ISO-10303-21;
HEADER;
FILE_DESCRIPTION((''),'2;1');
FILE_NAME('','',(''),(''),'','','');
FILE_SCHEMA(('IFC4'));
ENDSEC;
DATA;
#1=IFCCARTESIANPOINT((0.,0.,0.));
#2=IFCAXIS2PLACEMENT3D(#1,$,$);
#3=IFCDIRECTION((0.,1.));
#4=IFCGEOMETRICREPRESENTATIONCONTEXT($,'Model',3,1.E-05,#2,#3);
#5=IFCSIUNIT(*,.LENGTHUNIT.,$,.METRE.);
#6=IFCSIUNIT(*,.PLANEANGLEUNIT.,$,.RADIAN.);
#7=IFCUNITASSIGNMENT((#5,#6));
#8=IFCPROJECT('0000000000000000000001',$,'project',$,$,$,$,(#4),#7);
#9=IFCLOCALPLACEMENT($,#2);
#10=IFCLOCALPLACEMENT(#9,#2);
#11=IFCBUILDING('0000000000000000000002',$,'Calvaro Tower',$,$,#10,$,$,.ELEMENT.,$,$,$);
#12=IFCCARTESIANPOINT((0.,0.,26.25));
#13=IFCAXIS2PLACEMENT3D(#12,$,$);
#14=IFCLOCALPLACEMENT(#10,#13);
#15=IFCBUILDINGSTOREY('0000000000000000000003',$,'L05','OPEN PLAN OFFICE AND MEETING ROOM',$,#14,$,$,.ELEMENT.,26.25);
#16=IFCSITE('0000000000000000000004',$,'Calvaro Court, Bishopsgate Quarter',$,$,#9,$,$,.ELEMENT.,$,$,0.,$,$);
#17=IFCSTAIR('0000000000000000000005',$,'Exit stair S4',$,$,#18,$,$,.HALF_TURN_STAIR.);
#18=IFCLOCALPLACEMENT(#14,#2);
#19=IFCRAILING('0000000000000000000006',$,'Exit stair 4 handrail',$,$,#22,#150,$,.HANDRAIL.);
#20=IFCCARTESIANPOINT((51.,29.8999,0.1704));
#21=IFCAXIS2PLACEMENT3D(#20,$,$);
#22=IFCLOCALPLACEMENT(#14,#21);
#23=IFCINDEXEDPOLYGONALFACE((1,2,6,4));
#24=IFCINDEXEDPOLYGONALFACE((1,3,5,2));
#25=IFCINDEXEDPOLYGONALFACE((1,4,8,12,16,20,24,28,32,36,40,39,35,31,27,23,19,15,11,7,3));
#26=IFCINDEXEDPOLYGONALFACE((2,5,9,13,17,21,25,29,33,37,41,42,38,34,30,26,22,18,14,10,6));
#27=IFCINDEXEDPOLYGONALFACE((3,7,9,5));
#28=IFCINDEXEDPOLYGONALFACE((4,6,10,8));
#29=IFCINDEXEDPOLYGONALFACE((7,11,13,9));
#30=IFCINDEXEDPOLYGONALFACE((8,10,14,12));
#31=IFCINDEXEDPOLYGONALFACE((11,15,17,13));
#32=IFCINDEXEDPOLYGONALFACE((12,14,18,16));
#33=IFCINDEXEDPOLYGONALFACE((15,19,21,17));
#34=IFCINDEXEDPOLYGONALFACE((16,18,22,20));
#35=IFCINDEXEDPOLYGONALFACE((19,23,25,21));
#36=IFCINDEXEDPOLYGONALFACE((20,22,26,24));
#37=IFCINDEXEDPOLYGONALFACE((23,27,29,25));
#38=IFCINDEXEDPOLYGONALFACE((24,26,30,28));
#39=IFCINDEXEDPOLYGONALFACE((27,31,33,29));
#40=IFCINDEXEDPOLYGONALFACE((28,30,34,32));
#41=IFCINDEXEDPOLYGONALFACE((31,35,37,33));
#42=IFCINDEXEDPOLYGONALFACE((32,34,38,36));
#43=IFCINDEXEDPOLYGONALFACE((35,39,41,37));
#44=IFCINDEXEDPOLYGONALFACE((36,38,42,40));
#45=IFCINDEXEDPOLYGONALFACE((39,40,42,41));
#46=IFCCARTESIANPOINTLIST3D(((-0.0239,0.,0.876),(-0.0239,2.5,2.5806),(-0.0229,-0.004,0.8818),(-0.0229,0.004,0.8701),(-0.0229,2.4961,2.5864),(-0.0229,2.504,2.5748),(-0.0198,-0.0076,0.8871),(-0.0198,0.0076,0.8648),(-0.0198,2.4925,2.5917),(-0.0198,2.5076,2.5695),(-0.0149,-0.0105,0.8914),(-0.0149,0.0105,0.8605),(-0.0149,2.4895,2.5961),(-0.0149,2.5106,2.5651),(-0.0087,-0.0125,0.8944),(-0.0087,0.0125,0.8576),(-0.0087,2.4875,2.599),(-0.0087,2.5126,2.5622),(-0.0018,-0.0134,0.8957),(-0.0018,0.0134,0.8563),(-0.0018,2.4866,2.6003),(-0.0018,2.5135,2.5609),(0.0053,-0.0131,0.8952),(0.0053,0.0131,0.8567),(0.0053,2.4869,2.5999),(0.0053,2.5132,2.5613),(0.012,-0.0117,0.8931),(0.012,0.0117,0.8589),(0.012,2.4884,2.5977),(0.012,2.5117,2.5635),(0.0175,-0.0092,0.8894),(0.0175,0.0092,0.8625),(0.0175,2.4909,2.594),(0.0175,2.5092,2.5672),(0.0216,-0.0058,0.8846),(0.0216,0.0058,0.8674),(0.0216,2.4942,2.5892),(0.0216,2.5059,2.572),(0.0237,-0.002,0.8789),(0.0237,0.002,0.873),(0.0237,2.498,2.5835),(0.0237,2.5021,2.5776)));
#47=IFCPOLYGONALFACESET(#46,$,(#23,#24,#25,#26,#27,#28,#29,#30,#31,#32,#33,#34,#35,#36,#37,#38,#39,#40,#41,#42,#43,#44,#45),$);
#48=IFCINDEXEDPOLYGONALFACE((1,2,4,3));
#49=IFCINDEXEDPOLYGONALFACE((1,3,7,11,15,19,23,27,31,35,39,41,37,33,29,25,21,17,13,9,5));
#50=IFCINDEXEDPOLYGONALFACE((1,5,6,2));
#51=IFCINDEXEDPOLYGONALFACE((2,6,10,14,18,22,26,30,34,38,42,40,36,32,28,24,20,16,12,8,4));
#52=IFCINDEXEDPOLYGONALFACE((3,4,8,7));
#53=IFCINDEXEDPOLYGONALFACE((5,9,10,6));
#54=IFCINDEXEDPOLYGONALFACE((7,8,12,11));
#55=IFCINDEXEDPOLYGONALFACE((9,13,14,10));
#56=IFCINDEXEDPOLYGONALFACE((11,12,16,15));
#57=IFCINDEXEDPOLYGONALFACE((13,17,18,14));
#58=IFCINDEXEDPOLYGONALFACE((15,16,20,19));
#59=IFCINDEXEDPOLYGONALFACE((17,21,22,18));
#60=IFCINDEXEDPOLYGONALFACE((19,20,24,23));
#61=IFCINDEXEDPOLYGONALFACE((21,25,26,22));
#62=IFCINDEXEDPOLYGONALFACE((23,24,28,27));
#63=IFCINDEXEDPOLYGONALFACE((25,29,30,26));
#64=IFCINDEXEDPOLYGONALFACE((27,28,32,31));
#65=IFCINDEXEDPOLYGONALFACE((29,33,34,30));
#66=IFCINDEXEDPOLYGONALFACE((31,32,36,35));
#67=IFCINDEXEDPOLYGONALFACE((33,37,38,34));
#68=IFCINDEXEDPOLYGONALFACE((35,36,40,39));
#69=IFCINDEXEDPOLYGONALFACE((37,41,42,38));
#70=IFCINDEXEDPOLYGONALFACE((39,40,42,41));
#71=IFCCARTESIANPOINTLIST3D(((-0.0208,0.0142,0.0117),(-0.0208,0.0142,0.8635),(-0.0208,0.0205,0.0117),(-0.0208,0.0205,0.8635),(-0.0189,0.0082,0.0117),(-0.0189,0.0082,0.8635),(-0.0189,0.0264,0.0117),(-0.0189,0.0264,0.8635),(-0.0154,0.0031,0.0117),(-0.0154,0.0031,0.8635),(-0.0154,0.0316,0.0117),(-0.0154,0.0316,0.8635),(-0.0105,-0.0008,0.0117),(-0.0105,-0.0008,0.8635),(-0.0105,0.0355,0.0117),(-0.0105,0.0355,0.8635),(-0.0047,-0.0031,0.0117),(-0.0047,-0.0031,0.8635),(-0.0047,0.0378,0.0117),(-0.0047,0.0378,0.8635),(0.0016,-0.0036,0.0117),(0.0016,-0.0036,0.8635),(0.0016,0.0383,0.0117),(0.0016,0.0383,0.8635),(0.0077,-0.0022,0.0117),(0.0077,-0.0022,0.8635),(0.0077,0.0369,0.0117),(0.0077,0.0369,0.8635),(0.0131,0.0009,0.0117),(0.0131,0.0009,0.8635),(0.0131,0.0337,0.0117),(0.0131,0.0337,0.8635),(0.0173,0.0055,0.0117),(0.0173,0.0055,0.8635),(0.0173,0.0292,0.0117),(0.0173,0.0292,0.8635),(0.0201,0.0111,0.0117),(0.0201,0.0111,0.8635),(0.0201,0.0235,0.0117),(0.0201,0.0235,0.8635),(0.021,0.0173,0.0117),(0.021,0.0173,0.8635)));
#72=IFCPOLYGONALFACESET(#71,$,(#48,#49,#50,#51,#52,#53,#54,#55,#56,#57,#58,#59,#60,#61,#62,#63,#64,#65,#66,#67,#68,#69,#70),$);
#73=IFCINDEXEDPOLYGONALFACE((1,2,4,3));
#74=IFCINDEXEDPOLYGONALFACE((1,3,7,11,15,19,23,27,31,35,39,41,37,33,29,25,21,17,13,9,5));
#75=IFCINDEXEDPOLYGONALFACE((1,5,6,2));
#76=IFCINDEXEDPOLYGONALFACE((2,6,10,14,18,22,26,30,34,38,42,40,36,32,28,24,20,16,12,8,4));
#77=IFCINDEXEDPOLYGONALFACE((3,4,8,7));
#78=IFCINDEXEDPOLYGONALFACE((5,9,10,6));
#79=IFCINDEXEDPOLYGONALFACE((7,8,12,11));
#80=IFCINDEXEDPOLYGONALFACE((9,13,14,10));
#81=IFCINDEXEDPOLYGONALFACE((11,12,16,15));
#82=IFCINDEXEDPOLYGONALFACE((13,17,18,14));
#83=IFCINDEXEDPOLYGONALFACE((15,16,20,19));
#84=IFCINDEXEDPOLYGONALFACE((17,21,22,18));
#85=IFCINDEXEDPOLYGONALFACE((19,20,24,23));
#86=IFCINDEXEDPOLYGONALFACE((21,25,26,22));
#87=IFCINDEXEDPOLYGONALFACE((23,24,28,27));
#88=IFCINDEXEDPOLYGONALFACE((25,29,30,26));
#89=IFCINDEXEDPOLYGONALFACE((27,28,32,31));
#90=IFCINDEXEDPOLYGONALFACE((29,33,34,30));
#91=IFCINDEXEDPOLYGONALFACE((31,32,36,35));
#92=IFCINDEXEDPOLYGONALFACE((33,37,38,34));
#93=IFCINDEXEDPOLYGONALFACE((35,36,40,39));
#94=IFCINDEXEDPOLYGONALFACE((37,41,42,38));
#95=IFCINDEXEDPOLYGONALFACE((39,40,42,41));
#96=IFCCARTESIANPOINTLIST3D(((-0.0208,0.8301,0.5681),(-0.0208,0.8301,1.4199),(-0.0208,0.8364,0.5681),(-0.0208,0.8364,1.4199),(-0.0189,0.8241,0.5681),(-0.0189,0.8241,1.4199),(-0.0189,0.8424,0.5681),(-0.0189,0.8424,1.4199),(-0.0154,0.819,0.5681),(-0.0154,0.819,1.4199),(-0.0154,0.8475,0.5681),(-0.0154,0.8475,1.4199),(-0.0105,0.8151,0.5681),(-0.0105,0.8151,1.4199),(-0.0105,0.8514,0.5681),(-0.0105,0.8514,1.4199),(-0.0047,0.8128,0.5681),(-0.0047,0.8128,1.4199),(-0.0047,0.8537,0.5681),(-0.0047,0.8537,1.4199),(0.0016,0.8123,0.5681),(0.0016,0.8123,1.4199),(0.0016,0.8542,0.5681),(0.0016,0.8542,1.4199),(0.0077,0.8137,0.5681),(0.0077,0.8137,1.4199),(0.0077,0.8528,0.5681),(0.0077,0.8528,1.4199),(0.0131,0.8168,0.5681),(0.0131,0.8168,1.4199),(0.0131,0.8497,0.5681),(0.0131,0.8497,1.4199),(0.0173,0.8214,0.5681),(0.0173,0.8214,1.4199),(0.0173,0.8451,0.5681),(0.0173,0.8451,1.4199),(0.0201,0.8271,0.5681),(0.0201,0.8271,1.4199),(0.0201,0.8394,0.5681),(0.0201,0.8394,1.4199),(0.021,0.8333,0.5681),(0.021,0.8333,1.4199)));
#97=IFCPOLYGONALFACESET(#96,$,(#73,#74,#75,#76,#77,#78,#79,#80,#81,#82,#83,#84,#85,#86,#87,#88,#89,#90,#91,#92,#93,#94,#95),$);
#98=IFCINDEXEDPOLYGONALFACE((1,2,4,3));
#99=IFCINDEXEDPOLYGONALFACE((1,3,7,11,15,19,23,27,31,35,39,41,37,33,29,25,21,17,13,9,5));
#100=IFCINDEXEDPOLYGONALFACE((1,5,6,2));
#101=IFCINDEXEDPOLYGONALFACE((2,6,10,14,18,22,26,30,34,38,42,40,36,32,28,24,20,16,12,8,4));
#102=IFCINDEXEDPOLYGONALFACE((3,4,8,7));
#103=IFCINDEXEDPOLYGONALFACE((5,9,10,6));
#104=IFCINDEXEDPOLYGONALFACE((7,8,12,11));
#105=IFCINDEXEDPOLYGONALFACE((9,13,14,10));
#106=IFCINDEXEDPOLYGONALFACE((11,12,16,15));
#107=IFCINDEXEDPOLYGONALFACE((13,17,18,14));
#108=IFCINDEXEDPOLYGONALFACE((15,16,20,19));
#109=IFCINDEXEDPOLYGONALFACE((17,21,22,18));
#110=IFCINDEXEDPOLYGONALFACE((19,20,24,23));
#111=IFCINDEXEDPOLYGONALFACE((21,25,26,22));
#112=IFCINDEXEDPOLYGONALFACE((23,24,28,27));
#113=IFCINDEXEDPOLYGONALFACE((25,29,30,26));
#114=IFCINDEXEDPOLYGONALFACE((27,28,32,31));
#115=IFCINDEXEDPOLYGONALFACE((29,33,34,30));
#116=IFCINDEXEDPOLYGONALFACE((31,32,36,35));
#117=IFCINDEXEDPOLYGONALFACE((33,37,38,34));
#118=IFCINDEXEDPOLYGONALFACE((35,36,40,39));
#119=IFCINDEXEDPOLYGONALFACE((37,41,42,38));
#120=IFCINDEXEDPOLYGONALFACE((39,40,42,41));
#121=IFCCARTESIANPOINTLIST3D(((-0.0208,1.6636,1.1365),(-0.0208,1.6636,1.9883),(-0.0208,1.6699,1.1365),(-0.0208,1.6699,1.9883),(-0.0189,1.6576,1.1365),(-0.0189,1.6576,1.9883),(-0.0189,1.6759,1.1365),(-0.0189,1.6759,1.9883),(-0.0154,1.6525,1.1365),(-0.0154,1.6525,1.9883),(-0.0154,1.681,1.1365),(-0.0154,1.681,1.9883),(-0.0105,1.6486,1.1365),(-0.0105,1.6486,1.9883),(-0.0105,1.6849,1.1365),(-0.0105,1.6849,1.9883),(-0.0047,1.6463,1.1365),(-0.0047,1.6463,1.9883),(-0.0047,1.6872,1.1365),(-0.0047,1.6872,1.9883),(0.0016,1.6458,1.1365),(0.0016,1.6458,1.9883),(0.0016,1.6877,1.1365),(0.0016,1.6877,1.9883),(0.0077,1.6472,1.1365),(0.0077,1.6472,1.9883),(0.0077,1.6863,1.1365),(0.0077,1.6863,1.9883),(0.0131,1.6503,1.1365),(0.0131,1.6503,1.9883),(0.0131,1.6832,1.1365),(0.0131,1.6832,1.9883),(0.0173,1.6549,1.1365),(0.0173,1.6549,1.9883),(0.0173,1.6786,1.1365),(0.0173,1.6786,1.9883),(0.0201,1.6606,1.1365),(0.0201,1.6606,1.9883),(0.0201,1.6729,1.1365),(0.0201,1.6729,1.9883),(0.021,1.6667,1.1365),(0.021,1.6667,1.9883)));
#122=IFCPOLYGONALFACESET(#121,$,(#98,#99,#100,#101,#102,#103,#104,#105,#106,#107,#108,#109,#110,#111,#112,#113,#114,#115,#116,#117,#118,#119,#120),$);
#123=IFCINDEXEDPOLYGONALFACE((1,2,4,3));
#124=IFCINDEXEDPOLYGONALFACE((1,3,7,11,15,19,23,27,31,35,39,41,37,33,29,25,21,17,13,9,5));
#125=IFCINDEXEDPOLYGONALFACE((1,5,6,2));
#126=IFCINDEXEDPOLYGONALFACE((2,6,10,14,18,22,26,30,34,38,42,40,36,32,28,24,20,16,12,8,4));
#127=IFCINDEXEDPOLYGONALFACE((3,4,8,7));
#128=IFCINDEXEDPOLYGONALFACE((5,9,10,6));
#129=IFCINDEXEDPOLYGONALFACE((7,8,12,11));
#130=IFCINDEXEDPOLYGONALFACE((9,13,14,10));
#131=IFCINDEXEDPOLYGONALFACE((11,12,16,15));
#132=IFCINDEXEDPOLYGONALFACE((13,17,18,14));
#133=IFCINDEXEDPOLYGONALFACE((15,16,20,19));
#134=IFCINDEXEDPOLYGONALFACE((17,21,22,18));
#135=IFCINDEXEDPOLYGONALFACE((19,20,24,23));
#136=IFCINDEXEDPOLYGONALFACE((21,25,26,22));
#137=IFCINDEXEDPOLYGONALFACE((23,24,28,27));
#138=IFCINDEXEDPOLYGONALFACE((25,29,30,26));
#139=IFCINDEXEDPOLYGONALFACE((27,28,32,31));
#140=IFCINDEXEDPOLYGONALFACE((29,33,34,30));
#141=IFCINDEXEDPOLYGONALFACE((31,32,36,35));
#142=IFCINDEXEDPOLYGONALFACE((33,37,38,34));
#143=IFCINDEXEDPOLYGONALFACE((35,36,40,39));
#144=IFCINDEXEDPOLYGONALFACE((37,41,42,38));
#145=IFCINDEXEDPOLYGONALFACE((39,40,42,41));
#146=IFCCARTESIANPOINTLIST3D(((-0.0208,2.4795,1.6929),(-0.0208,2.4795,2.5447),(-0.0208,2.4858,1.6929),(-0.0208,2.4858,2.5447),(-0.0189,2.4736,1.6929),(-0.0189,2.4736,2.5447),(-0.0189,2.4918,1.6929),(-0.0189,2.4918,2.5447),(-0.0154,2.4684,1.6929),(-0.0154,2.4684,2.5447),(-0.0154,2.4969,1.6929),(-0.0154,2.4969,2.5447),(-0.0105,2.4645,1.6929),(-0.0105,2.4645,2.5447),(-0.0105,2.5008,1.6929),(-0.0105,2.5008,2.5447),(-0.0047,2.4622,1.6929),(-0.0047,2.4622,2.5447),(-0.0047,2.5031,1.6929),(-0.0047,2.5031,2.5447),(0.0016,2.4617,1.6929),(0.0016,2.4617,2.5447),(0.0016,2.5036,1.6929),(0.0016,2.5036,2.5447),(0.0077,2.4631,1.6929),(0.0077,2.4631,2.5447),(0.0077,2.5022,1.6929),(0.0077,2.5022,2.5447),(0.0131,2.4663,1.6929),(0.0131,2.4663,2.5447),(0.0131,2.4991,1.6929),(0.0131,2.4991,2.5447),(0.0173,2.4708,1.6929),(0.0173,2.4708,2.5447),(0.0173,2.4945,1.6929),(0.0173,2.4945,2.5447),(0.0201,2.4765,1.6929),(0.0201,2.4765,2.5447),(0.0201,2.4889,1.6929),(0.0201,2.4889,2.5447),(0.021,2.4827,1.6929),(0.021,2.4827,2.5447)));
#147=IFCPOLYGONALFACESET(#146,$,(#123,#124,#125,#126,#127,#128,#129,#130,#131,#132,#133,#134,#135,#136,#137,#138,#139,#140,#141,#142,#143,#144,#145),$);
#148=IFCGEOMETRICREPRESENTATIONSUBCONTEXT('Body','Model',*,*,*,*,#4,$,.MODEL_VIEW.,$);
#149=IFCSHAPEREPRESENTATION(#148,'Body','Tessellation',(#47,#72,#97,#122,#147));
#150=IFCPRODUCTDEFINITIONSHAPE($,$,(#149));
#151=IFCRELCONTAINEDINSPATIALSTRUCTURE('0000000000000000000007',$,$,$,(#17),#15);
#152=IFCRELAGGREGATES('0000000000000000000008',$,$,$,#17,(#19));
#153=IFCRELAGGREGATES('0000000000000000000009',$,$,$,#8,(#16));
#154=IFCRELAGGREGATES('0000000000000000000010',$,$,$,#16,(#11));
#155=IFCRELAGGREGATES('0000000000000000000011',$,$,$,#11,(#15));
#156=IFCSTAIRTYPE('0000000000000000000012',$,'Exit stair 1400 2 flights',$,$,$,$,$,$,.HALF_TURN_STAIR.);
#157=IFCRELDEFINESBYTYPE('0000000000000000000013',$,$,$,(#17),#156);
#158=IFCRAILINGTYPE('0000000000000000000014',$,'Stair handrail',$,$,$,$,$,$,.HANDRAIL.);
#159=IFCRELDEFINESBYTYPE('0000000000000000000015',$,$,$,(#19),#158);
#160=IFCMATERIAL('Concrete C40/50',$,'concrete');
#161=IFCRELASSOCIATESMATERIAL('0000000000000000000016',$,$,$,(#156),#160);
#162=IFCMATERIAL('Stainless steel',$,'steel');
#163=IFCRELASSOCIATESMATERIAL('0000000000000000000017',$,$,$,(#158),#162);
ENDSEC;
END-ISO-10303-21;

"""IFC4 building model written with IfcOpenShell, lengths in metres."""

from ifc_helpers import new_model, si_unit, direction, frame, origin, origin_2d, place, context, subcontext, project, spatial, circle, extrude, material, type_object, element, aggregate, save


model = new_model("IFC4")

# Units and contexts
model_context = context("Model", 3, precision=1e-05, world=origin(), true_north=direction((0.0, 1.0)))
body_context = subcontext(model_context, "Body", "Model", "MODEL_VIEW")
ifc_project = project(units=[si_unit("LENGTHUNIT", "METRE"), si_unit("PLANEANGLEUNIT", "RADIAN")], contexts=[model_context])

# Site, building, storey
site_placement = place(None, origin())
site = spatial("IfcSite", under=ifc_project, at=site_placement, Name="Calvaro Court, Bishopsgate Quarter", CompositionType="ELEMENT", RefElevation=0.0)
building_placement = place(site_placement, origin())
building = spatial("IfcBuilding", under=site, at=building_placement, Name="Calvaro Tower", CompositionType="ELEMENT")
storey_placement = place(building_placement, frame((0.0, 0.0, 26.25)))
storey = spatial("IfcBuildingStorey", under=building, at=storey_placement, Name="L05", Description="OPEN PLAN OFFICE AND MEETING ROOM", CompositionType="ELEMENT", Elevation=26.25)

# Stair
ifc_material_1 = material(Name="Concrete C40/50", Category="concrete")
stair_type = type_object("IfcStairType", Name="Exit stair 1400 2 flights", PredefinedType="HALF_TURN_STAIR", material=ifc_material_1)
stair_1_placement = place(storey_placement, origin())
stair_1 = element("IfcStair", 1, at=stair_1_placement, inside=storey, type_object=stair_type, Name="Exit stair S4", PredefinedType="HALF_TURN_STAIR")

# Railing
ifc_material_2 = material(Name="Stainless steel", Category="steel")
railing_type = type_object("IfcRailingType", Name="Stair handrail", PredefinedType="HANDRAIL", material=ifc_material_2)
railing_1_placement = place(storey_placement, frame((51.0, 29.8999, 0.1704)))
railing_1 = element("IfcRailing", 2, at=railing_1_placement, type_object=railing_type, Name="Exit stair 4 handrail", PredefinedType="HANDRAIL", context=body_context, shape_type="SweptSolid", body=[
    extrude(circle(Radius=0.0239, at=origin_2d()), frame((0.0, 0.0, 0.876), z_axis=(0.0, 0.826221, 0.563347), x_axis=(-1.0, 0.0, 0.0)), (0.0, 0.0, 1.0), 3.0259),
    extrude(circle(Radius=0.021, at=origin_2d()), frame((0.0, 0.0173, 0.0117)), (0.0, 0.0, 1.0), 0.8518),
    extrude(circle(Radius=0.021, at=origin_2d()), frame((0.0, 0.8333, 0.5681)), (0.0, 0.0, 1.0), 0.8518),
    extrude(circle(Radius=0.021, at=origin_2d()), frame((0.0, 1.6667, 1.1365)), (0.0, 0.0, 1.0), 0.8518),
    extrude(circle(Radius=0.021, at=origin_2d()), frame((0.0, 2.4827, 1.6929)), (0.0, 0.0, 1.0), 0.8518),
])
aggregate(stair_1, [railing_1])

save(model, "model.ifc")
